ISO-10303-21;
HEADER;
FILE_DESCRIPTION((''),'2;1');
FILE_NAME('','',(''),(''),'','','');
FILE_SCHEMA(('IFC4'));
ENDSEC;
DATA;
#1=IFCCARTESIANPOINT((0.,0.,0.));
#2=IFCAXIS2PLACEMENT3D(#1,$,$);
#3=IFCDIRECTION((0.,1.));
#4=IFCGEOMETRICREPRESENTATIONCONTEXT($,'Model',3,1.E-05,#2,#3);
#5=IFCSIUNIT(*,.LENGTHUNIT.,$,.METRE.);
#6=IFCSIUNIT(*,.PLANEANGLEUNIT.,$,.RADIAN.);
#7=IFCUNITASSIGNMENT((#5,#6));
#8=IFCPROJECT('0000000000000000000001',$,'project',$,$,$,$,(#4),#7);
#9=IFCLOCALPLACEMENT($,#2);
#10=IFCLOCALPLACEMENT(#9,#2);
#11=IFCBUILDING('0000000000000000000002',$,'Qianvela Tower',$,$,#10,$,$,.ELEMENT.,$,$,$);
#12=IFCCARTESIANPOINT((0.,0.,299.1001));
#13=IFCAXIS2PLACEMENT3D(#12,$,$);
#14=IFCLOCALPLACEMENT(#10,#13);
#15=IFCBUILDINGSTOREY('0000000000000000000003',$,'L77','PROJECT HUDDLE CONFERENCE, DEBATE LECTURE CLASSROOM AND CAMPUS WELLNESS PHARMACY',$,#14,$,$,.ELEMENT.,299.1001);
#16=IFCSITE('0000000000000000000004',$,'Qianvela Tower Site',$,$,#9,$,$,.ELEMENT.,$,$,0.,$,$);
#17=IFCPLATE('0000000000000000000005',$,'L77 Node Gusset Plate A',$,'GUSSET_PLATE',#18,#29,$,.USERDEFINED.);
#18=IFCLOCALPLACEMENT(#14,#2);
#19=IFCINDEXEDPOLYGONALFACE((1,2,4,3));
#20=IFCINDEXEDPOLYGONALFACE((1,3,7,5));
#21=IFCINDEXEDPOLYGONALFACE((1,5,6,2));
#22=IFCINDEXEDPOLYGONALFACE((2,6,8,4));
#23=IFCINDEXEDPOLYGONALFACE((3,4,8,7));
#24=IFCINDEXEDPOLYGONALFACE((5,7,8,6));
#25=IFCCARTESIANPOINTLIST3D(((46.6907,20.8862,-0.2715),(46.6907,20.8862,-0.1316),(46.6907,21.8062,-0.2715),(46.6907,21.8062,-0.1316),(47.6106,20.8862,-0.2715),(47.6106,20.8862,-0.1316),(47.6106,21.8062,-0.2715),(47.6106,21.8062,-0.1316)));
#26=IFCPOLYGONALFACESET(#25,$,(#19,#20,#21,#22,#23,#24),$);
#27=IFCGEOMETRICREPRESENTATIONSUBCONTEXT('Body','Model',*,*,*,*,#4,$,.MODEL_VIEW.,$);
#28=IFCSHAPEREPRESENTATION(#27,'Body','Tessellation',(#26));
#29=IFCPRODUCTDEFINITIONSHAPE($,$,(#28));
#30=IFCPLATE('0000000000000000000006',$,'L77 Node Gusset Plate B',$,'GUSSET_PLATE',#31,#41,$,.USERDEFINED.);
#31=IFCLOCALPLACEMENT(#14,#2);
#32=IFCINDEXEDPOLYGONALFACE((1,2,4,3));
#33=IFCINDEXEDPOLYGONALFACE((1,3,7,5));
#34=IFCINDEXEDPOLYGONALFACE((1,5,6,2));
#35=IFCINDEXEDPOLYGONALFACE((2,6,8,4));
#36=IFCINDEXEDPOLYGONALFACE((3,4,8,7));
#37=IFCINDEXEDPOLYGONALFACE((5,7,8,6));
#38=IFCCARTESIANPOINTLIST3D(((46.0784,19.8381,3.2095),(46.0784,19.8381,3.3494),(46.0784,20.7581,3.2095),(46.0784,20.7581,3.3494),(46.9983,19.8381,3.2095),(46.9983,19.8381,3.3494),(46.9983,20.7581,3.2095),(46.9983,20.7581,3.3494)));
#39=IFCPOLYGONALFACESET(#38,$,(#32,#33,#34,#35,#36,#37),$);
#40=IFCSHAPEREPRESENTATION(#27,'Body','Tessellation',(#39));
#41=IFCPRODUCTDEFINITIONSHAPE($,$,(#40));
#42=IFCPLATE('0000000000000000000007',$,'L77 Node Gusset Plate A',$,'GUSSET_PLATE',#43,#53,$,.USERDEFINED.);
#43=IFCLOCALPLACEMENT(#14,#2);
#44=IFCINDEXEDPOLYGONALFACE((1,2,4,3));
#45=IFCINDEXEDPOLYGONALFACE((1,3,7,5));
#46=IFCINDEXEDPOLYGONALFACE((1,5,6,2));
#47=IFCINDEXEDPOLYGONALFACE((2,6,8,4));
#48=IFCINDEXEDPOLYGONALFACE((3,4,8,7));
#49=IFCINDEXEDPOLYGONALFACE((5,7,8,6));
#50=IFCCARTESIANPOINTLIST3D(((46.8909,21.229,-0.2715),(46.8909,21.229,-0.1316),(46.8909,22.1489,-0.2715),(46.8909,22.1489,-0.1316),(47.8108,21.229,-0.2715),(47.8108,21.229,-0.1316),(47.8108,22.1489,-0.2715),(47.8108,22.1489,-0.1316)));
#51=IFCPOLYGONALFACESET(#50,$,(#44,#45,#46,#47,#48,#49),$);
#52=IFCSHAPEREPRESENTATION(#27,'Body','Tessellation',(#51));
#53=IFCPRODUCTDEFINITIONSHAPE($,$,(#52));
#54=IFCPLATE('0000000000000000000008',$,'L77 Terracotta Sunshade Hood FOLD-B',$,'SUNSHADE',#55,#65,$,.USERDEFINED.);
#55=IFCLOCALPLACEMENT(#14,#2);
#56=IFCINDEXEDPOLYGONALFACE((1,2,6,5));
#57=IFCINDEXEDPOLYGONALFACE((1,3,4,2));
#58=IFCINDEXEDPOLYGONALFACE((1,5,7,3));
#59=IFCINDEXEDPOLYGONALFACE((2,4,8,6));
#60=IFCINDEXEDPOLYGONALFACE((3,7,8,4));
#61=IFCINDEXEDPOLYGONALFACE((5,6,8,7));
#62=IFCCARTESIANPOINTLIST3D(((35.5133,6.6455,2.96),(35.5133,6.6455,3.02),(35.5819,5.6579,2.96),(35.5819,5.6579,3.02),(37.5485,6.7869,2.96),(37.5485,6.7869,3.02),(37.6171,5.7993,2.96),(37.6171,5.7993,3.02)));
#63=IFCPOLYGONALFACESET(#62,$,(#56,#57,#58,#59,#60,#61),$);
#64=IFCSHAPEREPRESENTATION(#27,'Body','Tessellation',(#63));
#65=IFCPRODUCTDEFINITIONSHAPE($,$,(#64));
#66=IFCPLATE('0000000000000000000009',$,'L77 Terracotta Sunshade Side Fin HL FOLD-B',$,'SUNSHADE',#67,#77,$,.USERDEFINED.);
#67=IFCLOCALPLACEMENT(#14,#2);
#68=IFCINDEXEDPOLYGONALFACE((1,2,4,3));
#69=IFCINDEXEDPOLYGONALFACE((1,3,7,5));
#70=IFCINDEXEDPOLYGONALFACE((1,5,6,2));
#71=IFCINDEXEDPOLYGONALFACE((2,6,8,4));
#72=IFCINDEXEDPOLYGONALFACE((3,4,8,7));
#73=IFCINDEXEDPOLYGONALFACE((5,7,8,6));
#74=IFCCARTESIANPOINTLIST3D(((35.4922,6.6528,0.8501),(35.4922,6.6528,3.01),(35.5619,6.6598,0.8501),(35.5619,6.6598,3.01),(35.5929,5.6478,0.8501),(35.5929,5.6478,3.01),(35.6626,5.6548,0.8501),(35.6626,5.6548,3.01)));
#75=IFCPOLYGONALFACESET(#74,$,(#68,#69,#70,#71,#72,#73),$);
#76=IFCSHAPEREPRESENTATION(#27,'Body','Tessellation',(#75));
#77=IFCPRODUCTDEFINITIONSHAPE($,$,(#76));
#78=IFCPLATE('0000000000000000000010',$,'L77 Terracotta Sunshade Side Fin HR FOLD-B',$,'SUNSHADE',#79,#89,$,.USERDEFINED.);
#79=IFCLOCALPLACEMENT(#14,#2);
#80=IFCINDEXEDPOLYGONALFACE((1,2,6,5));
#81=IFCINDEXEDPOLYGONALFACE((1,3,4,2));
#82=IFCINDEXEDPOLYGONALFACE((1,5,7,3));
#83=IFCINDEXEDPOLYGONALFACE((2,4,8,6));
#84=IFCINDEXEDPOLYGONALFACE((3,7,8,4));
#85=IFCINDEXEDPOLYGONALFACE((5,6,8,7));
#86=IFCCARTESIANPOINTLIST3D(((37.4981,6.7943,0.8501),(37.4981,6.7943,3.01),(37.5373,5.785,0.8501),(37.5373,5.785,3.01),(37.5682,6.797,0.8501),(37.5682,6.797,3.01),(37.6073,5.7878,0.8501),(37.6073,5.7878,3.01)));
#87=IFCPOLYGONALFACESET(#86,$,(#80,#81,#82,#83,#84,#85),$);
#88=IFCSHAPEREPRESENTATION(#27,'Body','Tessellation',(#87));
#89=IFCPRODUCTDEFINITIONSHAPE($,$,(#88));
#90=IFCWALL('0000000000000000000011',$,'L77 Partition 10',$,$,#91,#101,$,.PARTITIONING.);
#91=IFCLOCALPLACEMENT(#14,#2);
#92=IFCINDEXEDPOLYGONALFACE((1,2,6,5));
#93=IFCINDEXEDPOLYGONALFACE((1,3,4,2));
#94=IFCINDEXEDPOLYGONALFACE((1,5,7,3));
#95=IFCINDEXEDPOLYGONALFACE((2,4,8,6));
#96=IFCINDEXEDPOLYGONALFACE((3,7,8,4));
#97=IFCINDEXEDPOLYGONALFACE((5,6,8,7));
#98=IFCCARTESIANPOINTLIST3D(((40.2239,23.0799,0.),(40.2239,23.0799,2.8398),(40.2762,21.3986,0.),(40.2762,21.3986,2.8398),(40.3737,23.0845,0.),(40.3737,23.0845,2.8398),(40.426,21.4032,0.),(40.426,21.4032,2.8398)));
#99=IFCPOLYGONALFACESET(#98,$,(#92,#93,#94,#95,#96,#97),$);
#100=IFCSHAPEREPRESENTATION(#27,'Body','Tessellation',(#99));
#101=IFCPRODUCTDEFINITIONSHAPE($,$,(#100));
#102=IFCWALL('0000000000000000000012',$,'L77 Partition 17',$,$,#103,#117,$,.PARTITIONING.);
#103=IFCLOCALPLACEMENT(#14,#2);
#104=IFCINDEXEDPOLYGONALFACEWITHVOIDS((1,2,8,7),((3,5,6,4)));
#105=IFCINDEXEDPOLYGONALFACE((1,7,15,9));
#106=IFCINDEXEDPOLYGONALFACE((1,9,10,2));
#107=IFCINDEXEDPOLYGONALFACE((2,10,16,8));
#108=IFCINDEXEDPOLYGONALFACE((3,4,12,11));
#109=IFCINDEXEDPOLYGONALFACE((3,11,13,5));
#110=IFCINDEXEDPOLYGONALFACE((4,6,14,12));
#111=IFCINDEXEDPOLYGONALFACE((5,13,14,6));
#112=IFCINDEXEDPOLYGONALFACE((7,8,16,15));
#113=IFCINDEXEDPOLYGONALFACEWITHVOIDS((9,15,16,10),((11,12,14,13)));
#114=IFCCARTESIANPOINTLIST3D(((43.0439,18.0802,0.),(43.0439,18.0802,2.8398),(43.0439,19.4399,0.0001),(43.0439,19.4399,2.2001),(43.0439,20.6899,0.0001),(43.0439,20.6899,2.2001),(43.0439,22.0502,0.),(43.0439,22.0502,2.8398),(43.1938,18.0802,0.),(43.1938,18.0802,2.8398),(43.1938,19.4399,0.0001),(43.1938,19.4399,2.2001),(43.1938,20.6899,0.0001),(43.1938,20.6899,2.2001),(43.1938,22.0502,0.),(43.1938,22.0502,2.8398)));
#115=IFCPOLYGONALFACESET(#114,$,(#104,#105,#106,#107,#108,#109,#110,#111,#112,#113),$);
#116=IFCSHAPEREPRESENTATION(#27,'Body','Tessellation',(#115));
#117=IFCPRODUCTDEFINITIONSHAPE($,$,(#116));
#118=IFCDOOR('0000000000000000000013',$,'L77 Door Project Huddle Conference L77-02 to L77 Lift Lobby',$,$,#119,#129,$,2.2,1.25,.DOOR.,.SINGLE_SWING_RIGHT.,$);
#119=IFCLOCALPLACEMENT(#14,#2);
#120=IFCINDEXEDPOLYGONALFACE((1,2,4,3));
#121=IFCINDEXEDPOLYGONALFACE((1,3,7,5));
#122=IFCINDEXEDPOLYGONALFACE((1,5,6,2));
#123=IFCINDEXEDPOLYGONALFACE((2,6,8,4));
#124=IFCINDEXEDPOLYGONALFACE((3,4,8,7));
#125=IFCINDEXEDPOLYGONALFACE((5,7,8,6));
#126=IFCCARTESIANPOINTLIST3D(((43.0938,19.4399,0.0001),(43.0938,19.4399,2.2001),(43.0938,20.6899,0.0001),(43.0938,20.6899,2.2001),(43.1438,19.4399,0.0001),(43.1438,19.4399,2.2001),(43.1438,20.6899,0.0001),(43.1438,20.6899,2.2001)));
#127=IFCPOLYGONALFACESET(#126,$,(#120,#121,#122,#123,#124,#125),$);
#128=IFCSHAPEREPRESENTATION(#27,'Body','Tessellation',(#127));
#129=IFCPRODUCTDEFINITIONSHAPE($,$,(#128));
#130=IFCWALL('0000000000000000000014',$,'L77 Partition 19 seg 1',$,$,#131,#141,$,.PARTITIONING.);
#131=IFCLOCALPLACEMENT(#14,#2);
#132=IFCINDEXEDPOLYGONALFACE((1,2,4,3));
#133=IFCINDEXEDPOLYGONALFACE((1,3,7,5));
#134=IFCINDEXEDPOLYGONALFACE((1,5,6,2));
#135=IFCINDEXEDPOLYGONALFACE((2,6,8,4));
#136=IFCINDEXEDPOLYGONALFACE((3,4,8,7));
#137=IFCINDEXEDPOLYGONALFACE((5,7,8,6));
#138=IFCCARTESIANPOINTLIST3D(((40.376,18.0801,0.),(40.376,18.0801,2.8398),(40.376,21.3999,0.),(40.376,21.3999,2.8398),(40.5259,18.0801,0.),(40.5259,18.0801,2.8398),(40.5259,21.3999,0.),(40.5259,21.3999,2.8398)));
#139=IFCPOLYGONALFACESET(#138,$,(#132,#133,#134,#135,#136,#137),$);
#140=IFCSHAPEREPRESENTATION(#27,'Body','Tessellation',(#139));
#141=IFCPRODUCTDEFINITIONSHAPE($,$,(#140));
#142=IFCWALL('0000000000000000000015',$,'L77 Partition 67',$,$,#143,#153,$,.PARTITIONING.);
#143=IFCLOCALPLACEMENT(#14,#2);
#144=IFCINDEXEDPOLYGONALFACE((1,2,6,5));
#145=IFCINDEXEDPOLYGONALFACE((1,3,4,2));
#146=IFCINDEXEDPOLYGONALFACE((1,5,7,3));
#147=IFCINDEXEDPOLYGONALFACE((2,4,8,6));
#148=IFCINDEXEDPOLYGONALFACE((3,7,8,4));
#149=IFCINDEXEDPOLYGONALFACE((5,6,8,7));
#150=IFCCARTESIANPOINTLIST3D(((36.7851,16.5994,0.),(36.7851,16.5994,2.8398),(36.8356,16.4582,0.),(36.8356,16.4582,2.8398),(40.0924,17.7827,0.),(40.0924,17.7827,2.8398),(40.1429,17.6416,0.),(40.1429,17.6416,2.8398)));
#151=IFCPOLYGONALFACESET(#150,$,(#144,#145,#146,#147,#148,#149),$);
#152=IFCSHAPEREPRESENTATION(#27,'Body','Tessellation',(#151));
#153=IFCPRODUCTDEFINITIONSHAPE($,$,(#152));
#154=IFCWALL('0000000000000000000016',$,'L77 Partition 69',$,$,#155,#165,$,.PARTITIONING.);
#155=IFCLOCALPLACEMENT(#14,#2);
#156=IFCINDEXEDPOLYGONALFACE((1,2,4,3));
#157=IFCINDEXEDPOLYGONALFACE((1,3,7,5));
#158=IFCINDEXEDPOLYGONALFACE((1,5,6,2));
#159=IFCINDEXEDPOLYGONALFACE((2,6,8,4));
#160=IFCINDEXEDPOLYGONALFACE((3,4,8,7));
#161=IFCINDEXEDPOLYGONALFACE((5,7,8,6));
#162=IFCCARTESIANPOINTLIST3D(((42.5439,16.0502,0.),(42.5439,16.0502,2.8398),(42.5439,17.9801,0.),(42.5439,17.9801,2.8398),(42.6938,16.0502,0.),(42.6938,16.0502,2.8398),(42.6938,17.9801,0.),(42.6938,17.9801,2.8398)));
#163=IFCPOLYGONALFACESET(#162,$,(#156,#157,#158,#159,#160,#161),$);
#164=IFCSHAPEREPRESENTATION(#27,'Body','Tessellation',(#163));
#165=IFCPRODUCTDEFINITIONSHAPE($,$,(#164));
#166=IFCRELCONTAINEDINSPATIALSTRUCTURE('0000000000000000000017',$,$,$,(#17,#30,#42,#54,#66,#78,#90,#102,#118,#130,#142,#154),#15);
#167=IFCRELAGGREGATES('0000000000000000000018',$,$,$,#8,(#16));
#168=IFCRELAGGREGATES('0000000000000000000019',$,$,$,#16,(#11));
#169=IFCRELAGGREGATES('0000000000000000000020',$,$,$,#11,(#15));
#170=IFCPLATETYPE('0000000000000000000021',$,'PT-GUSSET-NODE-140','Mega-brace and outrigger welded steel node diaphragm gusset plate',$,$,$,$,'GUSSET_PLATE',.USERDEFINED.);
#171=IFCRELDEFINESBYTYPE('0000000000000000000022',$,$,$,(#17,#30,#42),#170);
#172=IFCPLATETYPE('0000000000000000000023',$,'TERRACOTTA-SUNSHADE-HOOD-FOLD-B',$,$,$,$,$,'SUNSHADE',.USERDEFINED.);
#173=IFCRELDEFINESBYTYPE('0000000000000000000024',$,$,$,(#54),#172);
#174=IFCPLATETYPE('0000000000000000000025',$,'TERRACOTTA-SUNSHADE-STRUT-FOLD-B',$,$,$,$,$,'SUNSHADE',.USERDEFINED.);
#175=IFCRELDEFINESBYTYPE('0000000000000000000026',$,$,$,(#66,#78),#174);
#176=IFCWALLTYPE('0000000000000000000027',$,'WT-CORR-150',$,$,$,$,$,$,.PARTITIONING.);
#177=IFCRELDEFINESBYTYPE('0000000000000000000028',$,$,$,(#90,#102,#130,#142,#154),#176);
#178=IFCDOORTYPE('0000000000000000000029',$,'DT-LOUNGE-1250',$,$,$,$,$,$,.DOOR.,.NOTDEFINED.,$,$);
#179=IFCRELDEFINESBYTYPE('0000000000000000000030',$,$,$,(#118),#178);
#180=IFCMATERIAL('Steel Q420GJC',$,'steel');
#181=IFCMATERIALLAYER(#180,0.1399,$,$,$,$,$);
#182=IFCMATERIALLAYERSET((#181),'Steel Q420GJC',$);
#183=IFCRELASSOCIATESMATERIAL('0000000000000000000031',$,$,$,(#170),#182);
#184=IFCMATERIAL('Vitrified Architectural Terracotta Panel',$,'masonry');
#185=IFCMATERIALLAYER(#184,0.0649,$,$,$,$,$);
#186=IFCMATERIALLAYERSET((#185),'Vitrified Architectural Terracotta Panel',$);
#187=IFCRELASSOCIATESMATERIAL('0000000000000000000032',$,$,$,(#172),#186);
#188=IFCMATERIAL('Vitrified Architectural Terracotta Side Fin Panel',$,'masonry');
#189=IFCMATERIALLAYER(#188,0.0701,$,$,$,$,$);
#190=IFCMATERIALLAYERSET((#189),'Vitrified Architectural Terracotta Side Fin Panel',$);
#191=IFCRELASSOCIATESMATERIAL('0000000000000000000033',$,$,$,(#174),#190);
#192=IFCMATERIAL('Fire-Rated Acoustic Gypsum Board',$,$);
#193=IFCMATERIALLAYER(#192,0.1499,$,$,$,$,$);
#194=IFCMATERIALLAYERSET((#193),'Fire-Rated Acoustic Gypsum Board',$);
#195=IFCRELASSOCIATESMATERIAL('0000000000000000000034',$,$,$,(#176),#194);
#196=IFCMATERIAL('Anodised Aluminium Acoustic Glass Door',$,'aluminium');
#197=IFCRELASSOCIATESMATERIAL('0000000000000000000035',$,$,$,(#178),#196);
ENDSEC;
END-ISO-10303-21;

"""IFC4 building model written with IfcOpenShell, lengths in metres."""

from ifc_helpers import new_model, si_unit, direction, frame, frame_2d, origin, origin_2d, place, context, subcontext, project, spatial, rectangle, extrude, material, layer, layer_set, type_object, element, fill, save


model = new_model("IFC4")

# Units and contexts
model_context = context("Model", 3, precision=1e-05, world=origin(), true_north=direction((0.0, 1.0)))
body_context = subcontext(model_context, "Body", "Model", "MODEL_VIEW")
ifc_project = project(units=[si_unit("LENGTHUNIT", "METRE"), si_unit("PLANEANGLEUNIT", "RADIAN")], contexts=[model_context])

# Site, building, storey
site_placement = place(None, origin())
site = spatial("IfcSite", under=ifc_project, at=site_placement, Name="Qianvela Tower Site", CompositionType="ELEMENT", RefElevation=0.0)
building_placement = place(site_placement, origin())
building = spatial("IfcBuilding", under=site, at=building_placement, Name="Qianvela Tower", CompositionType="ELEMENT")
storey_placement = place(building_placement, frame((0.0, 0.0, 299.1001)))
storey = spatial("IfcBuildingStorey", under=building, at=storey_placement, Name="L77", Description="PROJECT HUDDLE CONFERENCE, DEBATE LECTURE CLASSROOM AND CAMPUS WELLNESS PHARMACY", CompositionType="ELEMENT", Elevation=299.1001)

# Plates
ifc_material_1 = material(Name="Steel Q420GJC", Category="steel")
ifc_layer_1 = layer(ifc_material_1, 0.1399)
ifc_layer_set_1 = layer_set([ifc_layer_1], Name="Steel Q420GJC")
plate_type_1 = type_object("IfcPlateType", Name="PT-GUSSET-NODE-140", Description="Mega-brace and outrigger welded steel node diaphragm gusset plate", ElementType="GUSSET_PLATE", PredefinedType="USERDEFINED", material=ifc_layer_set_1)
for number, where, z_axis, x_axis, name in (
    (1, (47.1506, 21.3462, -0.2715), (0.0, 0.0, 1.0), (1.0, 0.0, 0.0), "L77 Node Gusset Plate A"),
    (2, (46.5383, 20.2981, 3.2095), (0.0, 0.0, 1.0), (1.0, 0.0, 0.0), "L77 Node Gusset Plate B"),
    (3, (47.3508, 21.689, -0.2715), (0.0, 0.0, 1.0), (1.0, 0.0, 0.0), "L77 Node Gusset Plate A"),
):
    element("IfcPlate", number, at=place(storey_placement, frame(where, z_axis=z_axis, x_axis=x_axis)), inside=storey, type_object=plate_type_1, Name=name, ObjectType="GUSSET_PLATE", PredefinedType="USERDEFINED", context=body_context, shape_type="SweptSolid", body=[
        extrude(rectangle(XDim=0.9199, YDim=0.9199, at=origin_2d()), origin(), (0.0, 0.0, 1.0), 0.1399),
    ])
ifc_material_2 = material(Name="Vitrified Architectural Terracotta Panel", Category="masonry")
ifc_layer_2 = layer(ifc_material_2, 0.0649)
ifc_layer_set_2 = layer_set([ifc_layer_2], Name="Vitrified Architectural Terracotta Panel")
plate_type_2 = type_object("IfcPlateType", Name="TERRACOTTA-SUNSHADE-HOOD-FOLD-B", ElementType="SUNSHADE", PredefinedType="USERDEFINED", material=ifc_layer_set_2)
plate_1_placement = place(storey_placement, frame((36.5652, 6.2224, 2.96), z_axis=(0.0, 0.0, 1.0), x_axis=(0.997596, 0.069293, 0.0)))
element("IfcPlate", 4, at=plate_1_placement, inside=storey, type_object=plate_type_2, Name="L77 Terracotta Sunshade Hood FOLD-B", ObjectType="SUNSHADE", PredefinedType="USERDEFINED", context=body_context, shape_type="SweptSolid", body=[
    extrude(rectangle(XDim=2.04, YDim=0.99, at=origin_2d()), origin(), (0.0, 0.0, 1.0), 0.0601),
])
ifc_material_3 = material(Name="Vitrified Architectural Terracotta Side Fin Panel", Category="masonry")
ifc_layer_3 = layer(ifc_material_3, 0.0701)
ifc_layer_set_3 = layer_set([ifc_layer_3], Name="Vitrified Architectural Terracotta Side Fin Panel")
plate_type_3 = type_object("IfcPlateType", Name="TERRACOTTA-SUNSHADE-STRUT-FOLD-B", ElementType="SUNSHADE", PredefinedType="USERDEFINED", material=ifc_layer_set_3)
for number, where, z_axis, x_axis, name in (
    (5, (35.5774, 6.1538, 0.8501), (0.0, 0.0, 1.0), (0.995015, 0.099726, 0.0), "L77 Terracotta Sunshade Side Fin HL FOLD-B"),
    (6, (37.5527, 6.291, 0.8501), (0.0, 0.0, 1.0), (0.999247, 0.038796, 0.0), "L77 Terracotta Sunshade Side Fin HR FOLD-B"),
):
    element("IfcPlate", number, at=place(storey_placement, frame(where, z_axis=z_axis, x_axis=x_axis)), inside=storey, type_object=plate_type_3, Name=name, ObjectType="SUNSHADE", PredefinedType="USERDEFINED", context=body_context, shape_type="SweptSolid", body=[
        extrude(rectangle(XDim=0.0701, YDim=1.01, at=origin_2d()), origin(), (0.0, 0.0, 1.0), 2.1599),
    ])

# Wall
ifc_material_4 = material(Name="Fire-Rated Acoustic Gypsum Board")
ifc_layer_4 = layer(ifc_material_4, 0.1499)
ifc_layer_set_4 = layer_set([ifc_layer_4], Name="Fire-Rated Acoustic Gypsum Board")
wall_type_1 = type_object("IfcWallType", Name="WT-CORR-150", PredefinedType="PARTITIONING", material=ifc_layer_set_4)
wall_1_placement = place(storey_placement, frame((40.3511, 21.4009, 0.0), z_axis=(0.0, 0.0, 1.0), x_axis=(-0.031058, 0.999518, 0.0)))
element("IfcWall", 7, at=wall_1_placement, inside=storey, type_object=wall_type_1, Name="L77 Partition 10", PredefinedType="PARTITIONING", context=body_context, shape_type="SweptSolid", body=[
    extrude(rectangle(XDim=1.6821, YDim=0.1499, at=frame_2d((0.8411, 0.0))), origin(), (0.0, 0.0, 1.0), 2.8398),
])

# Wall, opening, door
wall_2_placement = place(storey_placement, frame((43.1189, 22.05, 0.0), z_axis=(0.0, 0.0, 1.0), x_axis=(0.0, -1.0, 0.0)))
wall_2 = element("IfcWall", 8, at=wall_2_placement, inside=storey, type_object=wall_type_1, Name="L77 Partition 17", PredefinedType="PARTITIONING", context=body_context, shape_type="SweptSolid", body=[
    extrude(rectangle(XDim=3.97, YDim=0.1499, at=frame_2d((1.9849, 0.0))), origin(), (0.0, 0.0, 1.0), 2.8398),
])
opening_1_placement = place(wall_2_placement, frame((1.3601, 0.0, 0.0)))
opening_1 = element("IfcOpeningElement", 9, at=opening_1_placement, cuts=wall_2, PredefinedType="OPENING", context=body_context, shape_type="SweptSolid", body=[
    extrude(rectangle(XDim=1.25, YDim=2.2, at=frame_2d((0.625, 1.1001))), frame((0.0, 0.085, 0.0), z_axis=(0.0, -1.0, 0.0), x_axis=(1.0, 0.0, 0.0)), (0.0, 0.0, 1.0), 0.1699),
])
ifc_material_5 = material(Name="Anodised Aluminium Acoustic Glass Door", Category="aluminium")
door_type_1 = type_object("IfcDoorType", Name="DT-LOUNGE-1250", OperationType="NOTDEFINED", PredefinedType="DOOR", material=ifc_material_5)
door_1_placement = place(opening_1_placement, origin())
door_1 = element("IfcDoor", 10, at=door_1_placement, inside=storey, type_object=door_type_1, Name="L77 Door Project Huddle Conference L77-02 to L77 Lift Lobby", OperationType="SINGLE_SWING_RIGHT", OverallHeight=2.2, OverallWidth=1.25, PredefinedType="DOOR", context=body_context, shape_type="SweptSolid", body=[
    extrude(rectangle(XDim=1.25, YDim=2.2, at=frame_2d((0.625, 1.1001))), frame((0.0, 0.0249, 0.0), z_axis=(0.0, -1.0, 0.0), x_axis=(1.0, 0.0, 0.0)), (0.0, 0.0, 1.0), 0.05),
])
fill(opening_1, door_1)

# Walls
wall_3_placement = place(storey_placement, frame((40.4509, 18.0801, 0.0), z_axis=(0.0, 0.0, 1.0), x_axis=(0.0, 1.0, 0.0)))
element("IfcWall", 11, at=wall_3_placement, inside=storey, type_object=wall_type_1, Name="L77 Partition 19 seg 1", PredefinedType="PARTITIONING", context=body_context, shape_type="SweptSolid", body=[
    extrude(rectangle(XDim=3.3198, YDim=0.1499, at=frame_2d((1.6599, 0.0))), origin(), (0.0, 0.0, 1.0), 2.8398),
])
wall_4_placement = place(storey_placement, frame((36.8103, 16.5288, 0.0), z_axis=(0.0, 0.0, 1.0), x_axis=(0.941548, 0.336878, 0.0)))
element("IfcWall", 12, at=wall_4_placement, inside=storey, type_object=wall_type_1, Name="L77 Partition 67", PredefinedType="PARTITIONING", context=body_context, shape_type="SweptSolid", body=[
    extrude(rectangle(XDim=3.5127, YDim=0.1499, at=frame_2d((1.7563, 0.0))), origin(), (0.0, 0.0, 1.0), 2.8398),
])
wall_5_placement = place(storey_placement, frame((42.6189, 17.98, 0.0), z_axis=(0.0, 0.0, 1.0), x_axis=(0.0, -1.0, 0.0)))
element("IfcWall", 13, at=wall_5_placement, inside=storey, type_object=wall_type_1, Name="L77 Partition 69", PredefinedType="PARTITIONING", context=body_context, shape_type="SweptSolid", body=[
    extrude(rectangle(XDim=1.9299, YDim=0.1499, at=frame_2d((0.9648, 0.0))), origin(), (0.0, 0.0, 1.0), 2.8398),
])

save(model, "model.ifc")
